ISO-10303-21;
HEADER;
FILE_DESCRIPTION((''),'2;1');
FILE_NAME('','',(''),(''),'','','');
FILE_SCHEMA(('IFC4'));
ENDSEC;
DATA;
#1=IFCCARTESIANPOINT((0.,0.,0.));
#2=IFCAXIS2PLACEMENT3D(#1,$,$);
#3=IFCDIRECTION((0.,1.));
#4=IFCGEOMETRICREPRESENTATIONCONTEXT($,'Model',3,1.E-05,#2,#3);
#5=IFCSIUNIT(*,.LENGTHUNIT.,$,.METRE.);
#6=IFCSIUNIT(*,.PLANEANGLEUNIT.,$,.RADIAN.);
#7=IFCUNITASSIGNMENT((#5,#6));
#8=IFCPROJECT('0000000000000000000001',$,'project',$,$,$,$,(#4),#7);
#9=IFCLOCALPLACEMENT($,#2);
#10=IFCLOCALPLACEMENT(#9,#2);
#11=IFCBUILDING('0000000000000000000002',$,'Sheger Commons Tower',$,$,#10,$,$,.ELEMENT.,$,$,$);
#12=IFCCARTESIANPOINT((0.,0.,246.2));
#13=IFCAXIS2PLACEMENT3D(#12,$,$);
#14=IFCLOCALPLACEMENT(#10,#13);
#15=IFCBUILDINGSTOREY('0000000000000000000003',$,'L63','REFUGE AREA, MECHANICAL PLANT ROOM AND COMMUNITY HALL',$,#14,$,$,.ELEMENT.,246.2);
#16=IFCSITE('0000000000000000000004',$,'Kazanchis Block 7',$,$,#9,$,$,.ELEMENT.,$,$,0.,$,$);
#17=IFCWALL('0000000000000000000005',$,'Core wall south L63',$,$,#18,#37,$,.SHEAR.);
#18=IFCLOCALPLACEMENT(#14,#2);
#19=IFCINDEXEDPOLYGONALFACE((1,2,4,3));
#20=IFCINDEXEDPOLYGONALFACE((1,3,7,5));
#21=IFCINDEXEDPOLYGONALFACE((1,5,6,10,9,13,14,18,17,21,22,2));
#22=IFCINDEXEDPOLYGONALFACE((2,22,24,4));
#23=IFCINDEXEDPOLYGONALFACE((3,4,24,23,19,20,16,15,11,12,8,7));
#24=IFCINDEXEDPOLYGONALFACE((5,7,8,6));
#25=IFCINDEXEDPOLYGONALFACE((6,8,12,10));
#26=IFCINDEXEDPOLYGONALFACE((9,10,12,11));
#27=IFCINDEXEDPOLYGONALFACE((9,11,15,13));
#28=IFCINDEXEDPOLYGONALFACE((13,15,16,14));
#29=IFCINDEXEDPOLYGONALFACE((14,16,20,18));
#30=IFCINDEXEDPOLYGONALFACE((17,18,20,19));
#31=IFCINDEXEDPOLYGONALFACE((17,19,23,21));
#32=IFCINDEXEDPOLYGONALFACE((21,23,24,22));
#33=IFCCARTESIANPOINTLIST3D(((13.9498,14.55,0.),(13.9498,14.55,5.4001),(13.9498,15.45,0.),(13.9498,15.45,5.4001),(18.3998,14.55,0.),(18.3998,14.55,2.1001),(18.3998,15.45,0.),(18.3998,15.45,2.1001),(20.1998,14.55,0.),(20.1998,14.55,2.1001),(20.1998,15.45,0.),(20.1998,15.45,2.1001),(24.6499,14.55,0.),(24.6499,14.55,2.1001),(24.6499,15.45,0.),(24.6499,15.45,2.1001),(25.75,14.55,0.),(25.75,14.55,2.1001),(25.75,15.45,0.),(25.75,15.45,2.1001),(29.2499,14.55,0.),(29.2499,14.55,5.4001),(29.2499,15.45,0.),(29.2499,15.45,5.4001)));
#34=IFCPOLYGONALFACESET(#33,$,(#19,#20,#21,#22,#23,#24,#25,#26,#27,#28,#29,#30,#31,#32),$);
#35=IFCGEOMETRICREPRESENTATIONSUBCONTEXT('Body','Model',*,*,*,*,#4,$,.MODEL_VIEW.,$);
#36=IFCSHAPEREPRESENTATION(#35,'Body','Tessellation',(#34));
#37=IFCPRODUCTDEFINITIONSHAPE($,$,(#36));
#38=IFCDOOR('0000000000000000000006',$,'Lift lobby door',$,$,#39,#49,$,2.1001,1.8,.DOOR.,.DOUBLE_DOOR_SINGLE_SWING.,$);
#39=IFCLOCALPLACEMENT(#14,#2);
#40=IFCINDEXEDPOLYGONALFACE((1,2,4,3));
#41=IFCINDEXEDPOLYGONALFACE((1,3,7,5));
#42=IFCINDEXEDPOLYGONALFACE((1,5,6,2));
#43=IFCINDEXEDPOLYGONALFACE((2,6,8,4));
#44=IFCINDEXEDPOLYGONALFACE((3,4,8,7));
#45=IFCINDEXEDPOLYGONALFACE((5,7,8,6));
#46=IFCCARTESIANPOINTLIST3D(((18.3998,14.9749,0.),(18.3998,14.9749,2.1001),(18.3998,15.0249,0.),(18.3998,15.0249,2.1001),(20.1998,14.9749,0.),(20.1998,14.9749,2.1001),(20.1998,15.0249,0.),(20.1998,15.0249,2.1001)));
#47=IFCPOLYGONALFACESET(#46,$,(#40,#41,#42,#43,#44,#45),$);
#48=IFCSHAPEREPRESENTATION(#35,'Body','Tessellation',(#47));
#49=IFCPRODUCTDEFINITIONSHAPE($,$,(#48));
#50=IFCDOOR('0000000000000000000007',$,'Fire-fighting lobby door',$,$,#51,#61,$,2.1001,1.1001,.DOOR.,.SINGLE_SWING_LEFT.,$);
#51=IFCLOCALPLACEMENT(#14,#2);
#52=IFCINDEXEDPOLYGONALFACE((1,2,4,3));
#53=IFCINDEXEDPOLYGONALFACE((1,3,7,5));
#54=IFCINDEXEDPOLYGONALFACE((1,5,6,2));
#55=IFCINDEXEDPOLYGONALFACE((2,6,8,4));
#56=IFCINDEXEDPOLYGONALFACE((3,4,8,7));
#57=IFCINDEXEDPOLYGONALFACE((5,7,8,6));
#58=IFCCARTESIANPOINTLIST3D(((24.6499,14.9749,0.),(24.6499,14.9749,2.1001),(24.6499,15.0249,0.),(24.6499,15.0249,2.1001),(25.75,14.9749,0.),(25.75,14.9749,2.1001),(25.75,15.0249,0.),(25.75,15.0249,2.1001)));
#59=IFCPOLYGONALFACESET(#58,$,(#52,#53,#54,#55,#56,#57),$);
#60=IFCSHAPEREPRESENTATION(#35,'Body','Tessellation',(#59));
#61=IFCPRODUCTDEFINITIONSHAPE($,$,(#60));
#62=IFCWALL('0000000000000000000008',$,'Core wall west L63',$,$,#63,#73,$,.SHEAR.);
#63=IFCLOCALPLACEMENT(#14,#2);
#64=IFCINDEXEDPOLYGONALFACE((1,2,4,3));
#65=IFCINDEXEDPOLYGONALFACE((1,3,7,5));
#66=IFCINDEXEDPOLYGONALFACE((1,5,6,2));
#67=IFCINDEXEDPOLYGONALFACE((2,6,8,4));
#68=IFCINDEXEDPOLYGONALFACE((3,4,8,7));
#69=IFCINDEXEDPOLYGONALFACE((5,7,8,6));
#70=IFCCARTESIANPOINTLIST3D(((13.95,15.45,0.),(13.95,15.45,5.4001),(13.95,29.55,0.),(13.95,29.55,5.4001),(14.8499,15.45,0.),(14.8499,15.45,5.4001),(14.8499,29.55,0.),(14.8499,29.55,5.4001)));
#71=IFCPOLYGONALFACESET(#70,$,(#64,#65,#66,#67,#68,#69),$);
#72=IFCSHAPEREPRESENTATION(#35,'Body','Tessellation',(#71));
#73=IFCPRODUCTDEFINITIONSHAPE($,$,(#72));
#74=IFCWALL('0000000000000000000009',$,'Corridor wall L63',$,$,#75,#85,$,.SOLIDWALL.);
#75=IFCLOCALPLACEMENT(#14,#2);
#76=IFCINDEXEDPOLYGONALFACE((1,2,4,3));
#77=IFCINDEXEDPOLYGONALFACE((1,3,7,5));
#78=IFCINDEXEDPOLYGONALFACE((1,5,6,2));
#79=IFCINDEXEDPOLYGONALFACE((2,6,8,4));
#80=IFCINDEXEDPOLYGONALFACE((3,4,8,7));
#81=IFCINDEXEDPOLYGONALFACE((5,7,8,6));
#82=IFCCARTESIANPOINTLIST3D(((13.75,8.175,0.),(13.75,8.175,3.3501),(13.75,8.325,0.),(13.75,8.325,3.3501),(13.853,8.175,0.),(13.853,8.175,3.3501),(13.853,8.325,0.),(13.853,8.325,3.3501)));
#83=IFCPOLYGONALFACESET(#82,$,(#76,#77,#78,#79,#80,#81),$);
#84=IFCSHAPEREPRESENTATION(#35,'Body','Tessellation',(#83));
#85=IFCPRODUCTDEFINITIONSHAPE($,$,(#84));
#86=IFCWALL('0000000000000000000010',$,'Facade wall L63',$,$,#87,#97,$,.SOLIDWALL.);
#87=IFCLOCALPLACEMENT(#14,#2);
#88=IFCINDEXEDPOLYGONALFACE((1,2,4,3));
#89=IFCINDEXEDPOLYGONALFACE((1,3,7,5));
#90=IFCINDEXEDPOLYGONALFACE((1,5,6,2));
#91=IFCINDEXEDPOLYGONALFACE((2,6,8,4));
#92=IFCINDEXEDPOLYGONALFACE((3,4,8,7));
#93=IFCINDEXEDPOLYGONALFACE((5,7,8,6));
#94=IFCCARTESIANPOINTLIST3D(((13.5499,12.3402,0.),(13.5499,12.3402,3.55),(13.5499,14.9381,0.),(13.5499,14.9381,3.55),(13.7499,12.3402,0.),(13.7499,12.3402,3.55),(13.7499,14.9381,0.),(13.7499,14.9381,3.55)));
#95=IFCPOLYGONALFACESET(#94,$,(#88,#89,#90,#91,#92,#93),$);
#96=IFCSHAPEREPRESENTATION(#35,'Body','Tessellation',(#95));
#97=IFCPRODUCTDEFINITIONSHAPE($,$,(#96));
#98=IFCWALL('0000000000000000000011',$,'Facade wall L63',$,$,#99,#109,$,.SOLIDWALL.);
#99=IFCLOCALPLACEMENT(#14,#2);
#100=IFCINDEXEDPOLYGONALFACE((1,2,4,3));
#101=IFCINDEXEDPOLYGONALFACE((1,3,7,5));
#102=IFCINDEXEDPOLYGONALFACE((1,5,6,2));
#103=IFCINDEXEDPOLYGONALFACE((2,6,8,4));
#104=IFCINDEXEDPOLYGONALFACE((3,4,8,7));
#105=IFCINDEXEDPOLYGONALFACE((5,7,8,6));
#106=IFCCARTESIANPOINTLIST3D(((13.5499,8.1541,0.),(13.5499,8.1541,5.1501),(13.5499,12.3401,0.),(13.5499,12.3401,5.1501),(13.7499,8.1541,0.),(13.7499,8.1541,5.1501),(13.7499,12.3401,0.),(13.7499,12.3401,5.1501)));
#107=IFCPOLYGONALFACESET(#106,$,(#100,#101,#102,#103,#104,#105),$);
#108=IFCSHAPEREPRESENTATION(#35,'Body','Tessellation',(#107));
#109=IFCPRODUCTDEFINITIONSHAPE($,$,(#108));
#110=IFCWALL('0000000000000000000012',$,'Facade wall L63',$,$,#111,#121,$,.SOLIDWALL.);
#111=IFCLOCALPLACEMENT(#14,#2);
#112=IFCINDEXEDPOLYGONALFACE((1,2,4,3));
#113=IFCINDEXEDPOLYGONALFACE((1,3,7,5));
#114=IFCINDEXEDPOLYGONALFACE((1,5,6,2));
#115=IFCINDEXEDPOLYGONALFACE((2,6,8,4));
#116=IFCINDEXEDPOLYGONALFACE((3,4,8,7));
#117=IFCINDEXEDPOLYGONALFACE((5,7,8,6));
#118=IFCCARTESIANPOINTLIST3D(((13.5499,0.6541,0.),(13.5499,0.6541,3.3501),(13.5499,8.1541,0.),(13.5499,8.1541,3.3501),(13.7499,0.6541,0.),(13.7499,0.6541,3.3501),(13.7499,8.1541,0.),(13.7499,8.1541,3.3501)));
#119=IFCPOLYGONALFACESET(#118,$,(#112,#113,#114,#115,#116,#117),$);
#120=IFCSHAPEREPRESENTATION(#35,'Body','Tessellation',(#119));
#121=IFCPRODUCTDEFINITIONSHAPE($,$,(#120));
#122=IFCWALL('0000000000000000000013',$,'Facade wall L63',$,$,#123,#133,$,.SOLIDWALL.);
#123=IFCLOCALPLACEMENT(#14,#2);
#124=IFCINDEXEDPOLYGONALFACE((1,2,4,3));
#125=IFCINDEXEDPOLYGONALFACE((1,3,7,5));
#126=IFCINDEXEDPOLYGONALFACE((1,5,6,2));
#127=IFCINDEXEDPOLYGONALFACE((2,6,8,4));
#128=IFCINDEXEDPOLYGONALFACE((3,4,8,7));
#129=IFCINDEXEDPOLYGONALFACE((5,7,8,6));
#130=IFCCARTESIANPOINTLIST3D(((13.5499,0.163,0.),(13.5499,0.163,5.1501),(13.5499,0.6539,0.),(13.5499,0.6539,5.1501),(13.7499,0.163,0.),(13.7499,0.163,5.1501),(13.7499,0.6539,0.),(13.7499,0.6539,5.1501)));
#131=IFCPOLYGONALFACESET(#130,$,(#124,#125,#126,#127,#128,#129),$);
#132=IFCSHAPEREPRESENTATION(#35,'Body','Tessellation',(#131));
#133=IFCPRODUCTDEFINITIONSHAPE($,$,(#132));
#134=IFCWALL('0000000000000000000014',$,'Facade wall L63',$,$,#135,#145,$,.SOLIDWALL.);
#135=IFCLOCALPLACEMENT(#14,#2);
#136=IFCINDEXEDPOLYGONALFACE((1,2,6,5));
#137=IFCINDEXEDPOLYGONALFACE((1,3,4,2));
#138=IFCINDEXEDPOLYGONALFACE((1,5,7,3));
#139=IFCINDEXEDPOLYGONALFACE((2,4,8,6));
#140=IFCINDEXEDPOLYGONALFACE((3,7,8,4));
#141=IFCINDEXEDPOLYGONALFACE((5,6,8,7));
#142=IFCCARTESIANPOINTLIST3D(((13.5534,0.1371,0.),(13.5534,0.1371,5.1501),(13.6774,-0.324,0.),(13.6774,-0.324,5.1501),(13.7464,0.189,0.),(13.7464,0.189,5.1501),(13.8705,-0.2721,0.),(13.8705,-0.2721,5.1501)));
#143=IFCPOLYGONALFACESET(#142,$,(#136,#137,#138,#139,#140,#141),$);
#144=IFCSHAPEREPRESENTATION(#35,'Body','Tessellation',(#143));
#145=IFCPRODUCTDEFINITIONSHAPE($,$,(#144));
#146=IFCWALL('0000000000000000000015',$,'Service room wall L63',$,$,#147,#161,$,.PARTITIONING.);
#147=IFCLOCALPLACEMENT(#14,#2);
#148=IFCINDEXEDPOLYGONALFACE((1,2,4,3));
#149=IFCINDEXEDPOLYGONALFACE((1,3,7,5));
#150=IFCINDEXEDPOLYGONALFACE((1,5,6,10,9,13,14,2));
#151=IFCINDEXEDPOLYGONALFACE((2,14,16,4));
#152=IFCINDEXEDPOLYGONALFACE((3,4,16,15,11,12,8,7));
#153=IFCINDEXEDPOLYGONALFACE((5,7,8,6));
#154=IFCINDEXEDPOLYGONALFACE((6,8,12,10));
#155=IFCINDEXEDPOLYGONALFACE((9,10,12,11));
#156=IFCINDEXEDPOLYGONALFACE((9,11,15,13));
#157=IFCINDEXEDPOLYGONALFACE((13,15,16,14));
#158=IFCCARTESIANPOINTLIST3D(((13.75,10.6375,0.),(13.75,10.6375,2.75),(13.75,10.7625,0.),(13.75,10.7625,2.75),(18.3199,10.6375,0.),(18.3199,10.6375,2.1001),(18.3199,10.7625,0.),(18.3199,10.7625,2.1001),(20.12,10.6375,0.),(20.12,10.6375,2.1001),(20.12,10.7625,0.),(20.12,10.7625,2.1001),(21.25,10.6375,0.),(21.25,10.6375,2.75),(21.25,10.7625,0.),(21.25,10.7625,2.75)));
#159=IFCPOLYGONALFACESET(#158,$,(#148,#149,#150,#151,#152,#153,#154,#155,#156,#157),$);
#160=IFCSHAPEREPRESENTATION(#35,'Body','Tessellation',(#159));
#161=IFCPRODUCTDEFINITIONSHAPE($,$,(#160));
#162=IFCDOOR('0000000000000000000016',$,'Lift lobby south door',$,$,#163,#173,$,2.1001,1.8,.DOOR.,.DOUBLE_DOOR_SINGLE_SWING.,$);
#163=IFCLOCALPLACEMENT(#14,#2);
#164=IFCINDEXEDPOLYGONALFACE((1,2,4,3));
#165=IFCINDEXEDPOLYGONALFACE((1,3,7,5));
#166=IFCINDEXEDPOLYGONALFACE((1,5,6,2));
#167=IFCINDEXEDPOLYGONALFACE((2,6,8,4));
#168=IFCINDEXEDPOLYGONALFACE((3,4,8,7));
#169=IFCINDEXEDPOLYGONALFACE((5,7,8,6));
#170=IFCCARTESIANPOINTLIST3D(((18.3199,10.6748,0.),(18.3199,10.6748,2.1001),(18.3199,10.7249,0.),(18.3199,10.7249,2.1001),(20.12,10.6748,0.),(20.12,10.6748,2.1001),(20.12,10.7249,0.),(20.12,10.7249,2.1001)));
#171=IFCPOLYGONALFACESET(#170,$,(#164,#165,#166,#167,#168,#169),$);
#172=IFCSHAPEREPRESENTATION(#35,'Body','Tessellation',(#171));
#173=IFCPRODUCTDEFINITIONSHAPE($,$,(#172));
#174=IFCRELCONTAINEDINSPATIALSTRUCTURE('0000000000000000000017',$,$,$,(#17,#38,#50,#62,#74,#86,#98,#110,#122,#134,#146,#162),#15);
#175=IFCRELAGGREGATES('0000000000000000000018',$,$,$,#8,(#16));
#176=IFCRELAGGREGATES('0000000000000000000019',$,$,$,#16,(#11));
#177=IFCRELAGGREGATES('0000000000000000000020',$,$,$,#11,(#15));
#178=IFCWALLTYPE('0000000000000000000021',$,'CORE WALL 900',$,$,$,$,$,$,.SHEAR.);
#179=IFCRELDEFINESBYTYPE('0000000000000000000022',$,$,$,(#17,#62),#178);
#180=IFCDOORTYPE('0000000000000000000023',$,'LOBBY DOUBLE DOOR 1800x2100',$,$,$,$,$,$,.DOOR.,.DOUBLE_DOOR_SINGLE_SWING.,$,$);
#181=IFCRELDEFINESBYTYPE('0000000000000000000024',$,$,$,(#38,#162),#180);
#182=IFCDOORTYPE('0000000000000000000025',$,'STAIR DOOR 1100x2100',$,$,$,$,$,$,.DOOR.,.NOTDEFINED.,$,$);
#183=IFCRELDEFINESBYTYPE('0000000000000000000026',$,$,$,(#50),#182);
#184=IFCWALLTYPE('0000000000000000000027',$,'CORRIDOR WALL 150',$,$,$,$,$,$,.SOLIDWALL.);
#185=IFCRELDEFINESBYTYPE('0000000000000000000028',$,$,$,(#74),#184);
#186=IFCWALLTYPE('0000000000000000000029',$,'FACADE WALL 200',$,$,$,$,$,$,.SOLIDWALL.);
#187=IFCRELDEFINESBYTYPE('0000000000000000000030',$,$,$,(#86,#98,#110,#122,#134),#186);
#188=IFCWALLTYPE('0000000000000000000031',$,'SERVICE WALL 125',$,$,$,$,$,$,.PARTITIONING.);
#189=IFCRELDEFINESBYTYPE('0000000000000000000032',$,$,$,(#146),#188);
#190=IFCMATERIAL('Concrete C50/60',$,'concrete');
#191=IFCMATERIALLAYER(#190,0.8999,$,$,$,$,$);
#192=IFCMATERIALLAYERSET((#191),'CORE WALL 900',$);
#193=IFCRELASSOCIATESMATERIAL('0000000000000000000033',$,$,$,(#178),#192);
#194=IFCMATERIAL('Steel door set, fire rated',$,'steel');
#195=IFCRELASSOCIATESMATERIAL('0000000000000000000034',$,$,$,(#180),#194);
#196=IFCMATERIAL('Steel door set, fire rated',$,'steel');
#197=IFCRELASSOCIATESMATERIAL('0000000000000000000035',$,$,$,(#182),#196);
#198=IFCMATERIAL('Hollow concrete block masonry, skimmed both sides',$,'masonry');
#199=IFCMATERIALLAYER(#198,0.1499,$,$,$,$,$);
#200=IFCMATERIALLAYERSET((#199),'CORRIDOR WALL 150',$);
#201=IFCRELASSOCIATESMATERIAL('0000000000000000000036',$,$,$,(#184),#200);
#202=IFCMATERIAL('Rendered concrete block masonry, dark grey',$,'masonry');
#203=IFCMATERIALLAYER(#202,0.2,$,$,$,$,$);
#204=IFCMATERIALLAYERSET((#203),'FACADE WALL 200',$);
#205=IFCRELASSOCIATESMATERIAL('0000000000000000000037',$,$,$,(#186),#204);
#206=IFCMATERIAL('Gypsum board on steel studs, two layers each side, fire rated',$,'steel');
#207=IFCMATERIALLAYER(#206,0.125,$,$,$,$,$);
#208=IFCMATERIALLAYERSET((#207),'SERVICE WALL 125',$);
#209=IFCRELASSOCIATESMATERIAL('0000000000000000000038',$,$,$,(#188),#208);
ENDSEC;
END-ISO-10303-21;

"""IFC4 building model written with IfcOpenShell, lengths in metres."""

from ifc_helpers import new_model, si_unit, direction, frame, frame_2d, origin, place, context, subcontext, project, spatial, rectangle, extrude, material, layer, layer_set, type_object, element, fill, save


model = new_model("IFC4")

# Units and contexts
model_context = context("Model", 3, precision=1e-05, world=origin(), true_north=direction((0.0, 1.0)))
body_context = subcontext(model_context, "Body", "Model", "MODEL_VIEW")
ifc_project = project(units=[si_unit("LENGTHUNIT", "METRE"), si_unit("PLANEANGLEUNIT", "RADIAN")], contexts=[model_context])

# Site, building, storey
site_placement = place(None, origin())
site = spatial("IfcSite", under=ifc_project, at=site_placement, Name="Kazanchis Block 7", CompositionType="ELEMENT", RefElevation=0.0)
building_placement = place(site_placement, origin())
building = spatial("IfcBuilding", under=site, at=building_placement, Name="Sheger Commons Tower", CompositionType="ELEMENT")
storey_placement = place(building_placement, frame((0.0, 0.0, 246.2)))
storey = spatial("IfcBuildingStorey", under=building, at=storey_placement, Name="L63", Description="REFUGE AREA, MECHANICAL PLANT ROOM AND COMMUNITY HALL", CompositionType="ELEMENT", Elevation=246.2)

# Wall, openings, doors
ifc_material_1 = material(Name="Concrete C50/60", Category="concrete")
ifc_layer_1 = layer(ifc_material_1, 0.8999)
ifc_layer_set_1 = layer_set([ifc_layer_1], Name="CORE WALL 900")
wall_type_1 = type_object("IfcWallType", Name="CORE WALL 900", PredefinedType="SHEAR", material=ifc_layer_set_1)
wall_1_placement = place(storey_placement, frame((13.95, 15.0, 0.0), z_axis=(0.0, 0.0, 1.0), x_axis=(1.0, 0.0, 0.0)))
wall_1 = element("IfcWall", 1, at=wall_1_placement, inside=storey, type_object=wall_type_1, Name="Core wall south L63", PredefinedType="SHEAR", context=body_context, shape_type="SweptSolid", body=[
    extrude(rectangle(XDim=15.3, YDim=0.8999, at=frame_2d((7.6499, 0.0))), origin(), (0.0, 0.0, 1.0), 5.4001),
])
opening_1_placement = place(wall_1_placement, frame((4.45, 0.0, 0.0)))
opening_1 = element("IfcOpeningElement", 2, at=opening_1_placement, cuts=wall_1, PredefinedType="OPENING", context=body_context, shape_type="SweptSolid", body=[
    extrude(rectangle(XDim=1.8, YDim=2.1001, at=frame_2d((0.8999, 1.05))), frame((0.0, 0.46, 0.0), z_axis=(0.0, -1.0, 0.0), x_axis=(1.0, 0.0, 0.0)), (0.0, 0.0, 1.0), 0.9199),
])
opening_2_placement = place(wall_1_placement, frame((10.7, 0.0, 0.0)))
opening_2 = element("IfcOpeningElement", 3, at=opening_2_placement, cuts=wall_1, PredefinedType="OPENING", context=body_context, shape_type="SweptSolid", body=[
    extrude(rectangle(XDim=1.1001, YDim=2.1001, at=frame_2d((0.55, 1.05))), frame((0.0, 0.46, 0.0), z_axis=(0.0, -1.0, 0.0), x_axis=(1.0, 0.0, 0.0)), (0.0, 0.0, 1.0), 0.9199),
])
ifc_material_2 = material(Name="Steel door set, fire rated", Category="steel")
door_type_1 = type_object("IfcDoorType", Name="LOBBY DOUBLE DOOR 1800x2100", OperationType="DOUBLE_DOOR_SINGLE_SWING", PredefinedType="DOOR", material=ifc_material_2)
door_1_placement = place(opening_1_placement, origin())
door_1 = element("IfcDoor", 4, at=door_1_placement, inside=storey, type_object=door_type_1, Name="Lift lobby door", OperationType="DOUBLE_DOOR_SINGLE_SWING", OverallHeight=2.1001, OverallWidth=1.8, PredefinedType="DOOR", context=body_context, shape_type="SweptSolid", body=[
    extrude(rectangle(XDim=1.8, YDim=2.1001, at=frame_2d((0.8999, 1.05))), frame((0.0, 0.0249, 0.0), z_axis=(0.0, -1.0, 0.0), x_axis=(1.0, 0.0, 0.0)), (0.0, 0.0, 1.0), 0.05),
])
fill(opening_1, door_1)
ifc_material_3 = material(Name="Steel door set, fire rated", Category="steel")
door_type_2 = type_object("IfcDoorType", Name="STAIR DOOR 1100x2100", OperationType="NOTDEFINED", PredefinedType="DOOR", material=ifc_material_3)
door_2_placement = place(opening_2_placement, origin())
door_2 = element("IfcDoor", 5, at=door_2_placement, inside=storey, type_object=door_type_2, Name="Fire-fighting lobby door", OperationType="SINGLE_SWING_LEFT", OverallHeight=2.1001, OverallWidth=1.1001, PredefinedType="DOOR", context=body_context, shape_type="SweptSolid", body=[
    extrude(rectangle(XDim=1.1001, YDim=2.1001, at=frame_2d((0.55, 1.05))), frame((0.0, 0.0249, 0.0), z_axis=(0.0, -1.0, 0.0), x_axis=(1.0, 0.0, 0.0)), (0.0, 0.0, 1.0), 0.05),
])
fill(opening_2, door_2)

# Walls
wall_2_placement = place(storey_placement, frame((14.3999, 15.45, 0.0), z_axis=(0.0, 0.0, 1.0), x_axis=(0.0, 1.0, 0.0)))
element("IfcWall", 6, at=wall_2_placement, inside=storey, type_object=wall_type_1, Name="Core wall west L63", PredefinedType="SHEAR", context=body_context, shape_type="SweptSolid", body=[
    extrude(rectangle(XDim=14.1001, YDim=0.8999, at=frame_2d((7.05, 0.0))), origin(), (0.0, 0.0, 1.0), 5.4001),
])
ifc_material_4 = material(Name="Hollow concrete block masonry, skimmed both sides", Category="masonry")
ifc_layer_2 = layer(ifc_material_4, 0.1499)
ifc_layer_set_2 = layer_set([ifc_layer_2], Name="CORRIDOR WALL 150")
wall_type_2 = type_object("IfcWallType", Name="CORRIDOR WALL 150", PredefinedType="SOLIDWALL", material=ifc_layer_set_2)
wall_3_placement = place(storey_placement, frame((13.853, 8.25, 0.0), z_axis=(0.0, 0.0, 1.0), x_axis=(-1.0, 0.0, 0.0)))
element("IfcWall", 7, at=wall_3_placement, inside=storey, type_object=wall_type_2, Name="Corridor wall L63", PredefinedType="SOLIDWALL", context=body_context, shape_type="SweptSolid", body=[
    extrude(rectangle(XDim=0.103, YDim=0.1499, at=frame_2d((0.0515, 0.0))), origin(), (0.0, 0.0, 1.0), 3.3501),
])
ifc_material_5 = material(Name="Rendered concrete block masonry, dark grey", Category="masonry")
ifc_layer_3 = layer(ifc_material_5, 0.2)
ifc_layer_set_3 = layer_set([ifc_layer_3], Name="FACADE WALL 200")
wall_type_3 = type_object("IfcWallType", Name="FACADE WALL 200", PredefinedType="SOLIDWALL", material=ifc_layer_set_3)
wall_4_placement = place(storey_placement, frame((13.6499, 14.938, 0.0), z_axis=(0.0, 0.0, 1.0), x_axis=(0.0, -1.0, 0.0)))
element("IfcWall", 8, at=wall_4_placement, inside=storey, type_object=wall_type_3, Name="Facade wall L63", PredefinedType="SOLIDWALL", context=body_context, shape_type="SweptSolid", body=[
    extrude(rectangle(XDim=2.5979, YDim=0.2, at=frame_2d((1.2988, 0.0))), origin(), (0.0, 0.0, 1.0), 3.55),
])
wall_5_placement = place(storey_placement, frame((13.6499, 12.3401, 0.0), z_axis=(0.0, 0.0, 1.0), x_axis=(0.0, -1.0, 0.0)))
element("IfcWall", 9, at=wall_5_placement, inside=storey, type_object=wall_type_3, Name="Facade wall L63", PredefinedType="SOLIDWALL", context=body_context, shape_type="SweptSolid", body=[
    extrude(rectangle(XDim=4.186, YDim=0.2, at=frame_2d((2.093, 0.0))), origin(), (0.0, 0.0, 1.0), 5.1501),
])
wall_6_placement = place(storey_placement, frame((13.6499, 8.1541, 0.0), z_axis=(0.0, 0.0, 1.0), x_axis=(0.0, -1.0, 0.0)))
element("IfcWall", 10, at=wall_6_placement, inside=storey, type_object=wall_type_3, Name="Facade wall L63", PredefinedType="SOLIDWALL", context=body_context, shape_type="SweptSolid", body=[
    extrude(rectangle(XDim=7.5, YDim=0.2, at=frame_2d((3.75, 0.0))), origin(), (0.0, 0.0, 1.0), 3.3501),
])
wall_7_placement = place(storey_placement, frame((13.6499, 0.6541, 0.0), z_axis=(0.0, 0.0, 1.0), x_axis=(0.0, -1.0, 0.0)))
element("IfcWall", 11, at=wall_7_placement, inside=storey, type_object=wall_type_3, Name="Facade wall L63", PredefinedType="SOLIDWALL", context=body_context, shape_type="SweptSolid", body=[
    extrude(rectangle(XDim=0.491, YDim=0.2, at=frame_2d((0.2456, 0.0))), origin(), (0.0, 0.0, 1.0), 5.1501),
])
wall_8_placement = place(storey_placement, frame((13.6499, 0.1631, 0.0), z_axis=(0.0, 0.0, 1.0), x_axis=(0.259698, -0.96569, 0.0)))
element("IfcWall", 12, at=wall_8_placement, inside=storey, type_object=wall_type_3, Name="Facade wall L63", PredefinedType="SOLIDWALL", context=body_context, shape_type="SweptSolid", body=[
    extrude(rectangle(XDim=0.4775, YDim=0.2, at=frame_2d((0.2388, 0.0))), origin(), (0.0, 0.0, 1.0), 5.1501),
])

# Wall, opening, door
ifc_material_6 = material(Name="Gypsum board on steel studs, two layers each side, fire rated", Category="steel")
ifc_layer_4 = layer(ifc_material_6, 0.125)
ifc_layer_set_4 = layer_set([ifc_layer_4], Name="SERVICE WALL 125")
wall_type_4 = type_object("IfcWallType", Name="SERVICE WALL 125", PredefinedType="PARTITIONING", material=ifc_layer_set_4)
wall_9_placement = place(storey_placement, frame((13.75, 10.7, 0.0), z_axis=(0.0, 0.0, 1.0), x_axis=(1.0, 0.0, 0.0)))
wall_9 = element("IfcWall", 13, at=wall_9_placement, inside=storey, type_object=wall_type_4, Name="Service room wall L63", PredefinedType="PARTITIONING", context=body_context, shape_type="SweptSolid", body=[
    extrude(rectangle(XDim=7.5, YDim=0.125, at=frame_2d((3.75, 0.0))), origin(), (0.0, 0.0, 1.0), 2.75),
])
opening_3_placement = place(wall_9_placement, frame((4.5701, 0.0, 0.0)))
opening_3 = element("IfcOpeningElement", 14, at=opening_3_placement, cuts=wall_9, PredefinedType="OPENING", context=body_context, shape_type="SweptSolid", body=[
    extrude(rectangle(XDim=1.8, YDim=2.1001, at=frame_2d((0.8999, 1.05))), frame((0.0, 0.0725, 0.0), z_axis=(0.0, -1.0, 0.0), x_axis=(1.0, 0.0, 0.0)), (0.0, 0.0, 1.0), 0.145),
])
door_3_placement = place(opening_3_placement, origin())
door_3 = element("IfcDoor", 15, at=door_3_placement, inside=storey, type_object=door_type_1, Name="Lift lobby south door", OperationType="DOUBLE_DOOR_SINGLE_SWING", OverallHeight=2.1001, OverallWidth=1.8, PredefinedType="DOOR", context=body_context, shape_type="SweptSolid", body=[
    extrude(rectangle(XDim=1.8, YDim=2.1001, at=frame_2d((0.8999, 1.05))), frame((0.0, 0.0249, 0.0), z_axis=(0.0, -1.0, 0.0), x_axis=(1.0, 0.0, 0.0)), (0.0, 0.0, 1.0), 0.05),
])
fill(opening_3, door_3)

save(model, "model.ifc")
